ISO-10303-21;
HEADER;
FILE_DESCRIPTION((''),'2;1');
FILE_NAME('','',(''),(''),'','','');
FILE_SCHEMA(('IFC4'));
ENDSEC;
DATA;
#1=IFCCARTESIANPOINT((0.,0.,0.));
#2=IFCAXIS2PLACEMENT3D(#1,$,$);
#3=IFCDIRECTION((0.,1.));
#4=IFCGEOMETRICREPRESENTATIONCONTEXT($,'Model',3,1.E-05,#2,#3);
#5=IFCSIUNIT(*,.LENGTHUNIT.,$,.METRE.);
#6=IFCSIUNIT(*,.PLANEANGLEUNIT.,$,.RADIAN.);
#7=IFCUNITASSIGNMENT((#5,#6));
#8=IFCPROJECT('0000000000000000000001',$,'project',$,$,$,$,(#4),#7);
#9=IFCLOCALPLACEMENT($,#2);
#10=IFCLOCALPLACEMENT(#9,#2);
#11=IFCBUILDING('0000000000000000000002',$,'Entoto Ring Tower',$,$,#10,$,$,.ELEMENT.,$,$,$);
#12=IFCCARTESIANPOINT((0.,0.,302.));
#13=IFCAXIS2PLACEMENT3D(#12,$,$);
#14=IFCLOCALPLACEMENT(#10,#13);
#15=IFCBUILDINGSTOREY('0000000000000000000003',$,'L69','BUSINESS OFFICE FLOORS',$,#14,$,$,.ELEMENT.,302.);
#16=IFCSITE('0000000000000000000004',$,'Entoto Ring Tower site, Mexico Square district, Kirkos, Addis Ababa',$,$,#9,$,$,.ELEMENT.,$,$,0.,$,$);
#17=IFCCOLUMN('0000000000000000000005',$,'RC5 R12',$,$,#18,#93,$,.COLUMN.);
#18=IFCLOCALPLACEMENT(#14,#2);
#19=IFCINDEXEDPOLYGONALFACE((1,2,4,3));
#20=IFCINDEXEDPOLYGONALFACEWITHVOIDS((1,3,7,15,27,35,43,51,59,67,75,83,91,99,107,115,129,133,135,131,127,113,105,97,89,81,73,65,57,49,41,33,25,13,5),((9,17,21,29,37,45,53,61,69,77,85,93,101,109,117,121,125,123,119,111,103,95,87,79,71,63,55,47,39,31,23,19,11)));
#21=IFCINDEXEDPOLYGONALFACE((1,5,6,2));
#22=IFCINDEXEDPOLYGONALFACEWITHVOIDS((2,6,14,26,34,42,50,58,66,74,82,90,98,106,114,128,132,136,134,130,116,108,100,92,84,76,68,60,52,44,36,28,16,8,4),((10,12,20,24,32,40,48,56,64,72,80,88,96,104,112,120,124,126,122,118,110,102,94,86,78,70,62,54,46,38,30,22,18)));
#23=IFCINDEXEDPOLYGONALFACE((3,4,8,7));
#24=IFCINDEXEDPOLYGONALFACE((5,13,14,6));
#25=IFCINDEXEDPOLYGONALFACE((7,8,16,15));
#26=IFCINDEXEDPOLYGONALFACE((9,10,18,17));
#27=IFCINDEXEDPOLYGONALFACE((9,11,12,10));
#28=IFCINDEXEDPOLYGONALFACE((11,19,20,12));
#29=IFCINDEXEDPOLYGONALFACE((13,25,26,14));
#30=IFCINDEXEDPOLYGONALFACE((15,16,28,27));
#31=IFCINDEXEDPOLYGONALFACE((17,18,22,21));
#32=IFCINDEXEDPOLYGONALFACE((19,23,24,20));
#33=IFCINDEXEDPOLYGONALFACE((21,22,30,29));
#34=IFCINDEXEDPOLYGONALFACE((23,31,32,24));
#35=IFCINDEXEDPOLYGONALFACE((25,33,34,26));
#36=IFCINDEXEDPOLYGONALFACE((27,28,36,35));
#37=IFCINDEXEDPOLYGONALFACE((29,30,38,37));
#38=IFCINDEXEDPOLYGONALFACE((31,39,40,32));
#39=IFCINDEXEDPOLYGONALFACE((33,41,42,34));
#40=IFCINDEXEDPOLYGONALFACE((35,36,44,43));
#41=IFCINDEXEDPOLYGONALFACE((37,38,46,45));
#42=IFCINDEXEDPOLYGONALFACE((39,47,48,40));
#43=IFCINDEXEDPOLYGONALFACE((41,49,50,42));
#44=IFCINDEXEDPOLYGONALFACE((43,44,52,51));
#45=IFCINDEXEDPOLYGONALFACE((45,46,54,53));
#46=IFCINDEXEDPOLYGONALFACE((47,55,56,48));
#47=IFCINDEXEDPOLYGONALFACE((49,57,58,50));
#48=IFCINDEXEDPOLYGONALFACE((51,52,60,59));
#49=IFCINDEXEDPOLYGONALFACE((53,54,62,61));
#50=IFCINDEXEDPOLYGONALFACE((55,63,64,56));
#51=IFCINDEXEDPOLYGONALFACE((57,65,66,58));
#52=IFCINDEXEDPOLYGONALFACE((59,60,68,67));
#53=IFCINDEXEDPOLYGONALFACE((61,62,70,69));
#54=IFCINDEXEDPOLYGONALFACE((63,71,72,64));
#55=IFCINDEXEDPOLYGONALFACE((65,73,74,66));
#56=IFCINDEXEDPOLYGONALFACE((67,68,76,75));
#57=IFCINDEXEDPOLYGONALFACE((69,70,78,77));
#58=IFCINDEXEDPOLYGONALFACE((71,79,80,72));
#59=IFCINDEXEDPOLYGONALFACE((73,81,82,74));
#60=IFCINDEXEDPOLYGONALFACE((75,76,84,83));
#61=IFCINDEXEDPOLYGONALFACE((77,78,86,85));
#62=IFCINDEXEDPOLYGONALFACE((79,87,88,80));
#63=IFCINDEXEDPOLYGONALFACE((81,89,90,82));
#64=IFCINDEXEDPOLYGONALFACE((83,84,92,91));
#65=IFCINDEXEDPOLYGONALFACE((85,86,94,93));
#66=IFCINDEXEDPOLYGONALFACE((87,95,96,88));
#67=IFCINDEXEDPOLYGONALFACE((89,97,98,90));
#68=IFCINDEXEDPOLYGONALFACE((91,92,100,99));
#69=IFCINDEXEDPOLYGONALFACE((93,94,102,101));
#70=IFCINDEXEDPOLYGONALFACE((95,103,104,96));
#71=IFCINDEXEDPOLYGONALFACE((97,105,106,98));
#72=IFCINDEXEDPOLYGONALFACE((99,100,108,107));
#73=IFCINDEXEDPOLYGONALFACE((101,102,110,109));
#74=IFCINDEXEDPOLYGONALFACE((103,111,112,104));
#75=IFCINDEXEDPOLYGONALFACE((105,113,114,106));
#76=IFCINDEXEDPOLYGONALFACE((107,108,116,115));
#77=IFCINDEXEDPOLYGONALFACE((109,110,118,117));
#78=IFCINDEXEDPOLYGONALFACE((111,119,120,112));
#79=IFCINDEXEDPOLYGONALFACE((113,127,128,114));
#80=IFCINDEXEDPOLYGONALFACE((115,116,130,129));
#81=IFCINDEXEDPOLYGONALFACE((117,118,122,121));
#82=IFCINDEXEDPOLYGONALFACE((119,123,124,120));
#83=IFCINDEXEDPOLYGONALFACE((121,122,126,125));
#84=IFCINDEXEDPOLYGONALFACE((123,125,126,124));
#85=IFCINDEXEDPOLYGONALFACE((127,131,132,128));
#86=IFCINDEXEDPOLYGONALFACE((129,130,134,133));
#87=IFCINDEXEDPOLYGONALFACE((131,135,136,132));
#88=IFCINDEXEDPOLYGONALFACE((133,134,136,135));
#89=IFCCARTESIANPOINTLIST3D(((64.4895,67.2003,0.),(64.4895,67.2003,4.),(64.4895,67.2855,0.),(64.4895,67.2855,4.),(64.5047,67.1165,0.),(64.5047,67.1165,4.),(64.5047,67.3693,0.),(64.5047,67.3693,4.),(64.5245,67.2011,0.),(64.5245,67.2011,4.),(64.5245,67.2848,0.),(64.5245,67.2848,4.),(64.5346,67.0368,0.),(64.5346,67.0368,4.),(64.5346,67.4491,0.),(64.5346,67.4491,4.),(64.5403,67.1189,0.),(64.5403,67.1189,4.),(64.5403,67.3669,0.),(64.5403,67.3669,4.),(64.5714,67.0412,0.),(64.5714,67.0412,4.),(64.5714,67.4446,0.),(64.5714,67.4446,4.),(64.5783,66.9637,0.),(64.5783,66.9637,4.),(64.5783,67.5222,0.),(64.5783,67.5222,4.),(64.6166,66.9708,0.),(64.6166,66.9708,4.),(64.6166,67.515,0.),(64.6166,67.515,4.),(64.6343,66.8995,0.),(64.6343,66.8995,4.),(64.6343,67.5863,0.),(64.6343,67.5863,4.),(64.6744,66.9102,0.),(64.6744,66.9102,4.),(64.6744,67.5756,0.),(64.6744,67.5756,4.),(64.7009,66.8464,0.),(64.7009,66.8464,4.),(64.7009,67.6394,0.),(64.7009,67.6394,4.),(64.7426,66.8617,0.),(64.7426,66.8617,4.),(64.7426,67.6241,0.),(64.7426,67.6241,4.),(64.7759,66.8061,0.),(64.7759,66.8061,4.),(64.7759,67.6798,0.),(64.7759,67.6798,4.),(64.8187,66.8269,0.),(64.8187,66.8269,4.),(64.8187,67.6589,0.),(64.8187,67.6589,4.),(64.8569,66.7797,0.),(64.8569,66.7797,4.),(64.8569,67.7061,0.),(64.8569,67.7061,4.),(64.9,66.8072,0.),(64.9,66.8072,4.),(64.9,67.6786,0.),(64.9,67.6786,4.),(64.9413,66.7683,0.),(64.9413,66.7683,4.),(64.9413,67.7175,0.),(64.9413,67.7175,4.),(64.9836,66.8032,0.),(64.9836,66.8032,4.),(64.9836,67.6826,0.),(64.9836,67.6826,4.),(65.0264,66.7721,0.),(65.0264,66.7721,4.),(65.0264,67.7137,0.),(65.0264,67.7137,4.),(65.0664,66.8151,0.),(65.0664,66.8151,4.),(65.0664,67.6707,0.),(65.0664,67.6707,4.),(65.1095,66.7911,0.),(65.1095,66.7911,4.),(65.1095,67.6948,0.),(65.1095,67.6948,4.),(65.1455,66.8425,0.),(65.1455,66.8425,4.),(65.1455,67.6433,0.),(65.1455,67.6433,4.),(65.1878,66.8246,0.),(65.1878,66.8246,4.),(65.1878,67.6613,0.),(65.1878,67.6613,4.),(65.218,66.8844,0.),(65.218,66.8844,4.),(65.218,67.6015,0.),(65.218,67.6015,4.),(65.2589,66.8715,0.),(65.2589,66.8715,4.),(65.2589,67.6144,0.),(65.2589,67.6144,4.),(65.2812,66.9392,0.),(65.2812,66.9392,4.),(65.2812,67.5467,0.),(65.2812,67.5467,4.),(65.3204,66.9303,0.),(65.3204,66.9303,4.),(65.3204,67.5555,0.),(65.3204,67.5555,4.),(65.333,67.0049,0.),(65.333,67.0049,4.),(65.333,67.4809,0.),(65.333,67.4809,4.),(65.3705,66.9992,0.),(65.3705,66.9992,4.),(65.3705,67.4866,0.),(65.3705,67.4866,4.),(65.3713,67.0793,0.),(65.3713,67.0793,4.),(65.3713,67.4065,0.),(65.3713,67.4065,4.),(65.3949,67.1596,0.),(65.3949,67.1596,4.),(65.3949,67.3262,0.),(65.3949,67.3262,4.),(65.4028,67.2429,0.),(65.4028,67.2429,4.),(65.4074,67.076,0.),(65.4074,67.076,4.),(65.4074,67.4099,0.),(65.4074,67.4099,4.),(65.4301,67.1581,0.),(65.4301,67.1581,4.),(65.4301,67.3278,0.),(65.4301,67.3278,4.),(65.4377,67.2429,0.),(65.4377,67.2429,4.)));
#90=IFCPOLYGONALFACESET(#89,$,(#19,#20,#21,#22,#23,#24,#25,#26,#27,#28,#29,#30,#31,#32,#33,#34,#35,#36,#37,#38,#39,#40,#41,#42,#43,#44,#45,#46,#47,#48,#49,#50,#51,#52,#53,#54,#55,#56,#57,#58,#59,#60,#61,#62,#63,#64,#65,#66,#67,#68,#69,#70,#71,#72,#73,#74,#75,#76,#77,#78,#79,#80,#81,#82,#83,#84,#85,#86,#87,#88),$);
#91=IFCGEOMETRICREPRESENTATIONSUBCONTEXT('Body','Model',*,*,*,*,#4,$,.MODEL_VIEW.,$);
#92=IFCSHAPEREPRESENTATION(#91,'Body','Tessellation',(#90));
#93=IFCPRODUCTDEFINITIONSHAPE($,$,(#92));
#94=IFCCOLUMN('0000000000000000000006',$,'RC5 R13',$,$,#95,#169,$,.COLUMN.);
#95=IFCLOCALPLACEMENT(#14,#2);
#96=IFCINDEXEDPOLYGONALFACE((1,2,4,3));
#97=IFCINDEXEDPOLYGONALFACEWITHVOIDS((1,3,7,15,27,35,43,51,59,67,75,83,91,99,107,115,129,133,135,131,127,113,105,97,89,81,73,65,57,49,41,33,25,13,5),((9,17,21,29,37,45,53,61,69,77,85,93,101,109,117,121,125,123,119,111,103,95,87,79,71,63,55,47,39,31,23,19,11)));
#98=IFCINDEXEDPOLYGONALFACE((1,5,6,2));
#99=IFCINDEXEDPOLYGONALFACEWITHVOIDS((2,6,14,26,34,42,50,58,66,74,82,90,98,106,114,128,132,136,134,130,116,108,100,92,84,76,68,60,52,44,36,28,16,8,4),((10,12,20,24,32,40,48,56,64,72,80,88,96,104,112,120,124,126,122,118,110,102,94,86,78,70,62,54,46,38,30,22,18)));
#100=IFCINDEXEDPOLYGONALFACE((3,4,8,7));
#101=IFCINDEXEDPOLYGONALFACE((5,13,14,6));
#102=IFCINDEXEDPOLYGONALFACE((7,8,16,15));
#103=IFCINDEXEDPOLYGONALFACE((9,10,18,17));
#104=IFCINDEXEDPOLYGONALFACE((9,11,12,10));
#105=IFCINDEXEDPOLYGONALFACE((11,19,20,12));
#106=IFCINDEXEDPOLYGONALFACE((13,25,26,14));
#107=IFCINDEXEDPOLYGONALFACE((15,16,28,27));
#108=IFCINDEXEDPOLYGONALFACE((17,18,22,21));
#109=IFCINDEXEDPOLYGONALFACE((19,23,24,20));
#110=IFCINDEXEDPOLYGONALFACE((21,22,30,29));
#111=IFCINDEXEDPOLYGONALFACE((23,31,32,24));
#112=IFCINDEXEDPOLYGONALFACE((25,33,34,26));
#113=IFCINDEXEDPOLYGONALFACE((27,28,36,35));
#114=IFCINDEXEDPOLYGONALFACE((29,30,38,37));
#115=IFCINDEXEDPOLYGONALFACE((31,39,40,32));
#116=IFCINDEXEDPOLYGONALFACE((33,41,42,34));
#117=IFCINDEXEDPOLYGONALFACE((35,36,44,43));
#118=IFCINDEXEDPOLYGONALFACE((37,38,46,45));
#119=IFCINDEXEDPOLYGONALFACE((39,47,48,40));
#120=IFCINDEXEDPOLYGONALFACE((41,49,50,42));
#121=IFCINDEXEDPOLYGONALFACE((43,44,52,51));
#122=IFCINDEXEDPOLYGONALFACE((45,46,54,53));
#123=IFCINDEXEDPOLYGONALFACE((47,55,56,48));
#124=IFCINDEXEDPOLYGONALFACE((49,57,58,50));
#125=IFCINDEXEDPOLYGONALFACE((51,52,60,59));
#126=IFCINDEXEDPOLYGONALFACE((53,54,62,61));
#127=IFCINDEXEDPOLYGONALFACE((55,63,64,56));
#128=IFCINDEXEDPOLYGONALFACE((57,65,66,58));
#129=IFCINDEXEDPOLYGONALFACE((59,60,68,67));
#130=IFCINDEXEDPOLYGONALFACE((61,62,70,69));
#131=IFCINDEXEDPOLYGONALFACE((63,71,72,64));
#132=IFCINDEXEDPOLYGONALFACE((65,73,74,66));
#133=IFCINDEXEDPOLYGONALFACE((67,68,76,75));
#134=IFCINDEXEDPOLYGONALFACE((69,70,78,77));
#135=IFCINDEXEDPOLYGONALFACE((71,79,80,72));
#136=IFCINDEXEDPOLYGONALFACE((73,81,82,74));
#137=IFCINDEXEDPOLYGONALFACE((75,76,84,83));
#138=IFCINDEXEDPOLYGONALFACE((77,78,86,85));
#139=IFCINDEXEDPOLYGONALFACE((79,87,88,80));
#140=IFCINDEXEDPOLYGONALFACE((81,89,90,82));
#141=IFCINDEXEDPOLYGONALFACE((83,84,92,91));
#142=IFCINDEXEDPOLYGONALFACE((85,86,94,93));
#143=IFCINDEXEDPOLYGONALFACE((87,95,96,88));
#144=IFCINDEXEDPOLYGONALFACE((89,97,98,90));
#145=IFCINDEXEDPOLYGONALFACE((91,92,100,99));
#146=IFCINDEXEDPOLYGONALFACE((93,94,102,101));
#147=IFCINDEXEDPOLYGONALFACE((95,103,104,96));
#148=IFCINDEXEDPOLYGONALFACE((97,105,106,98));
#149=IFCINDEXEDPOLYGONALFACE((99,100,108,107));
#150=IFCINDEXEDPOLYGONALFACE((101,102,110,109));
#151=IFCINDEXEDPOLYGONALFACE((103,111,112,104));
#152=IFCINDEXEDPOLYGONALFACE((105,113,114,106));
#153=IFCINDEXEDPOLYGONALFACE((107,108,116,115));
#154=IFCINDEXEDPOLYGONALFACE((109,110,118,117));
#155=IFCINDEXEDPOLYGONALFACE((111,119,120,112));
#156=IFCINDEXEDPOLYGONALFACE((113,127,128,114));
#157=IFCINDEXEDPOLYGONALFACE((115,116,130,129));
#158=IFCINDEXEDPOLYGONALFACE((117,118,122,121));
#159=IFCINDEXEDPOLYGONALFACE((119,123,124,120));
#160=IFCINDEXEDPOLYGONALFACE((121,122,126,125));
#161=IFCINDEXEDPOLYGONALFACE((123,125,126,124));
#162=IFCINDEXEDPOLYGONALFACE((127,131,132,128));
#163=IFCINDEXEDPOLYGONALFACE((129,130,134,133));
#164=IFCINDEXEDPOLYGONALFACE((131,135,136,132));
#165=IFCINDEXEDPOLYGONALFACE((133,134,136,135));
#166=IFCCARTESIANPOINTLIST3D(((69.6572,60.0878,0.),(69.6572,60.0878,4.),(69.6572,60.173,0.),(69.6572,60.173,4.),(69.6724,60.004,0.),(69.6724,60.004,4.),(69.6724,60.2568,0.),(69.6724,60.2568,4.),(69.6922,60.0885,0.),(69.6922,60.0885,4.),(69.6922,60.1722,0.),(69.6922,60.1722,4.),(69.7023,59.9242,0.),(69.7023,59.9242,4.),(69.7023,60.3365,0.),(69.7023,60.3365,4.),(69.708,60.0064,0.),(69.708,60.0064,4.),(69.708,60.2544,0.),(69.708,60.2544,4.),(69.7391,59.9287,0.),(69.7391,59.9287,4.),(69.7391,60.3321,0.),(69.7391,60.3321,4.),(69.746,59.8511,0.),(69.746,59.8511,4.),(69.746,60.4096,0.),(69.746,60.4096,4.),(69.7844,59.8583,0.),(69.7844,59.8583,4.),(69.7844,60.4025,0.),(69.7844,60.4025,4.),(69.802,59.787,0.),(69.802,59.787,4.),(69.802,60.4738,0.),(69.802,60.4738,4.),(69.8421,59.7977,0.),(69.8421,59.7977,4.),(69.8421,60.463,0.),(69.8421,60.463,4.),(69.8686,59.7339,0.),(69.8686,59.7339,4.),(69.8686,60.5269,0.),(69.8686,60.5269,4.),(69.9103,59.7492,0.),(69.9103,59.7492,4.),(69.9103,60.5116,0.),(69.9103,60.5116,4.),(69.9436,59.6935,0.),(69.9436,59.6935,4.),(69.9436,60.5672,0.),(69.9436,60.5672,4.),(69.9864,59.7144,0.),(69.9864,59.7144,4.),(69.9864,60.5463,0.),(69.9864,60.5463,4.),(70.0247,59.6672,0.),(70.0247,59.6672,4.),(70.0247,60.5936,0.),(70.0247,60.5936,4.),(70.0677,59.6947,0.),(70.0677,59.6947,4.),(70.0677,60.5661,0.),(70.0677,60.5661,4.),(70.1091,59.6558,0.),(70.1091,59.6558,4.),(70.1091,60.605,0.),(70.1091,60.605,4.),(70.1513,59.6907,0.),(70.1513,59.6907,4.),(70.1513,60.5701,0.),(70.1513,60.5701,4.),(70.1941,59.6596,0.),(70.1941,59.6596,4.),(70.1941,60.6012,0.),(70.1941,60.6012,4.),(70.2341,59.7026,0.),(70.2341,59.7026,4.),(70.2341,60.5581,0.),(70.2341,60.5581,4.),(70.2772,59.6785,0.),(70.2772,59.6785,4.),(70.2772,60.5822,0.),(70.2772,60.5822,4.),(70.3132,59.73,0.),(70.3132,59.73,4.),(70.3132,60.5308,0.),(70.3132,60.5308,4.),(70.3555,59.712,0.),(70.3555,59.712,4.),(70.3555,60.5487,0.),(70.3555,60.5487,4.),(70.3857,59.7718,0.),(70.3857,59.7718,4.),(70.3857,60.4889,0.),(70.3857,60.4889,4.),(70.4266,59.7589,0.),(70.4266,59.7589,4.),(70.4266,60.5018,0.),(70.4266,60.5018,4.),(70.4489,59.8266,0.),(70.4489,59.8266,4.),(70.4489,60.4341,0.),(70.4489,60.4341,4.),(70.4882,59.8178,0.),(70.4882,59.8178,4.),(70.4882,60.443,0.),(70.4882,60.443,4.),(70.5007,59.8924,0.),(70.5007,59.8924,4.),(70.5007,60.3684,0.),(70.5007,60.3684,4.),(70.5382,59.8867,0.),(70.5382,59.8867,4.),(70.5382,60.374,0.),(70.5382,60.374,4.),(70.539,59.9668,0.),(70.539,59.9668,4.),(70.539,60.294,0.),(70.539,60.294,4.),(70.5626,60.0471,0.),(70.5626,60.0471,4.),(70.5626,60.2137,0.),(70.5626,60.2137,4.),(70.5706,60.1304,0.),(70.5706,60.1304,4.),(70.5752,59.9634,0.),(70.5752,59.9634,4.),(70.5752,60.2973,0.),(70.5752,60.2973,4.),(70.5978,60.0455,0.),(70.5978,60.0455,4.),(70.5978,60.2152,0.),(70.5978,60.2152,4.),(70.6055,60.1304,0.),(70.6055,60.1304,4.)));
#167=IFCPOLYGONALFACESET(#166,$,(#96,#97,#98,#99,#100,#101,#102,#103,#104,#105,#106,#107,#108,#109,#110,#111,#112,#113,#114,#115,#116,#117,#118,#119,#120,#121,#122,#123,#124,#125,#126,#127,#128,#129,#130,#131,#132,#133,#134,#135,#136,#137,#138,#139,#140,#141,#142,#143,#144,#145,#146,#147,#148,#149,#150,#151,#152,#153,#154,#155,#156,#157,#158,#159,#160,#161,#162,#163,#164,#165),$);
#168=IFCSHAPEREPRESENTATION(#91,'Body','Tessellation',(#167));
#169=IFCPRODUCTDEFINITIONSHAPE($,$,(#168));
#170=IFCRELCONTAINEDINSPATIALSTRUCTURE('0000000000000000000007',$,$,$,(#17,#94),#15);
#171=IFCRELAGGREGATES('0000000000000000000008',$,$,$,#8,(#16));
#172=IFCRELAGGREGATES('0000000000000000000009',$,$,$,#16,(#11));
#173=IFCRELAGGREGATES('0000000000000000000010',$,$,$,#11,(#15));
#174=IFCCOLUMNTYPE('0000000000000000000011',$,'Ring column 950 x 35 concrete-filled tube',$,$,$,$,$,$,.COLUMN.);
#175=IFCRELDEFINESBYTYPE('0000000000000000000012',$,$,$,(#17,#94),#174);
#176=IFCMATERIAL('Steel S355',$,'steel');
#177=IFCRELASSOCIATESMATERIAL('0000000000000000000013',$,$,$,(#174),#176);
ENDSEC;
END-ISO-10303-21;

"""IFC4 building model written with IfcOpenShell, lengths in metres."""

from ifc_helpers import new_model, si_unit, direction, frame, origin, origin_2d, place, context, subcontext, project, spatial, circle, hollow_circle, extrude, material, material_profile, profile_set, type_object, element, save


model = new_model("IFC4")

# Units and contexts
model_context = context("Model", 3, precision=1e-05, world=origin(), true_north=direction((0.0, 1.0)))
body_context = subcontext(model_context, "Body", "Model", "MODEL_VIEW")
ifc_project = project(units=[si_unit("LENGTHUNIT", "METRE"), si_unit("PLANEANGLEUNIT", "RADIAN")], contexts=[model_context])

# Site, building, storey
site_placement = place(None, origin())
site = spatial("IfcSite", under=ifc_project, at=site_placement, Name="Entoto Ring Tower site, Mexico Square district, Kirkos, Addis Ababa", CompositionType="ELEMENT", RefElevation=0.0)
building_placement = place(site_placement, origin())
building = spatial("IfcBuilding", under=site, at=building_placement, Name="Entoto Ring Tower", CompositionType="ELEMENT")
storey_placement = place(building_placement, frame((0.0, 0.0, 302.0)))
storey = spatial("IfcBuildingStorey", under=building, at=storey_placement, Name="L69", Description="BUSINESS OFFICE FLOORS", CompositionType="ELEMENT", Elevation=302.0)

# Columns
ifc_material_1 = material(Name="Steel S355", Category="steel")
ifc_material_profile_1 = material_profile(ifc_material_1, hollow_circle(Radius=0.4751, WallThickness=0.0349, at=origin_2d()), Name="CHS 950 x 35")
ifc_material_2 = material(Name="Concrete C60/75", Category="concrete")
ifc_material_profile_2 = material_profile(ifc_material_2, circle(Radius=0.4399, at=origin_2d()), Name="Concrete C60/75 infill")
ifc_profile_set_1 = profile_set([ifc_material_profile_1, ifc_material_profile_2], Name="Steel S355")
column_type = type_object("IfcColumnType", Name="Ring column 950 x 35 concrete-filled tube", PredefinedType="COLUMN", material=ifc_profile_set_1)
for number, where, z_axis, x_axis, name in (
    (1, (64.9626, 67.2429, 0.0), (0.0, 0.0, 1.0), (1.0, 0.0, 0.0), "RC5 R12"),
    (2, (70.1304, 60.1304, 0.0), (0.0, 0.0, 1.0), (1.0, 0.0, 0.0), "RC5 R13"),
):
    element("IfcColumn", number, at=place(storey_placement, frame(where, z_axis=z_axis, x_axis=x_axis)), inside=storey, type_object=column_type, Name=name, PredefinedType="COLUMN", context=body_context, shape_type="SweptSolid", body=[
        extrude(hollow_circle(Radius=0.4751, WallThickness=0.0349, at=origin_2d()), origin(), (0.0, 0.0, 1.0), 4.0),
    ])

save(model, "model.ifc")
